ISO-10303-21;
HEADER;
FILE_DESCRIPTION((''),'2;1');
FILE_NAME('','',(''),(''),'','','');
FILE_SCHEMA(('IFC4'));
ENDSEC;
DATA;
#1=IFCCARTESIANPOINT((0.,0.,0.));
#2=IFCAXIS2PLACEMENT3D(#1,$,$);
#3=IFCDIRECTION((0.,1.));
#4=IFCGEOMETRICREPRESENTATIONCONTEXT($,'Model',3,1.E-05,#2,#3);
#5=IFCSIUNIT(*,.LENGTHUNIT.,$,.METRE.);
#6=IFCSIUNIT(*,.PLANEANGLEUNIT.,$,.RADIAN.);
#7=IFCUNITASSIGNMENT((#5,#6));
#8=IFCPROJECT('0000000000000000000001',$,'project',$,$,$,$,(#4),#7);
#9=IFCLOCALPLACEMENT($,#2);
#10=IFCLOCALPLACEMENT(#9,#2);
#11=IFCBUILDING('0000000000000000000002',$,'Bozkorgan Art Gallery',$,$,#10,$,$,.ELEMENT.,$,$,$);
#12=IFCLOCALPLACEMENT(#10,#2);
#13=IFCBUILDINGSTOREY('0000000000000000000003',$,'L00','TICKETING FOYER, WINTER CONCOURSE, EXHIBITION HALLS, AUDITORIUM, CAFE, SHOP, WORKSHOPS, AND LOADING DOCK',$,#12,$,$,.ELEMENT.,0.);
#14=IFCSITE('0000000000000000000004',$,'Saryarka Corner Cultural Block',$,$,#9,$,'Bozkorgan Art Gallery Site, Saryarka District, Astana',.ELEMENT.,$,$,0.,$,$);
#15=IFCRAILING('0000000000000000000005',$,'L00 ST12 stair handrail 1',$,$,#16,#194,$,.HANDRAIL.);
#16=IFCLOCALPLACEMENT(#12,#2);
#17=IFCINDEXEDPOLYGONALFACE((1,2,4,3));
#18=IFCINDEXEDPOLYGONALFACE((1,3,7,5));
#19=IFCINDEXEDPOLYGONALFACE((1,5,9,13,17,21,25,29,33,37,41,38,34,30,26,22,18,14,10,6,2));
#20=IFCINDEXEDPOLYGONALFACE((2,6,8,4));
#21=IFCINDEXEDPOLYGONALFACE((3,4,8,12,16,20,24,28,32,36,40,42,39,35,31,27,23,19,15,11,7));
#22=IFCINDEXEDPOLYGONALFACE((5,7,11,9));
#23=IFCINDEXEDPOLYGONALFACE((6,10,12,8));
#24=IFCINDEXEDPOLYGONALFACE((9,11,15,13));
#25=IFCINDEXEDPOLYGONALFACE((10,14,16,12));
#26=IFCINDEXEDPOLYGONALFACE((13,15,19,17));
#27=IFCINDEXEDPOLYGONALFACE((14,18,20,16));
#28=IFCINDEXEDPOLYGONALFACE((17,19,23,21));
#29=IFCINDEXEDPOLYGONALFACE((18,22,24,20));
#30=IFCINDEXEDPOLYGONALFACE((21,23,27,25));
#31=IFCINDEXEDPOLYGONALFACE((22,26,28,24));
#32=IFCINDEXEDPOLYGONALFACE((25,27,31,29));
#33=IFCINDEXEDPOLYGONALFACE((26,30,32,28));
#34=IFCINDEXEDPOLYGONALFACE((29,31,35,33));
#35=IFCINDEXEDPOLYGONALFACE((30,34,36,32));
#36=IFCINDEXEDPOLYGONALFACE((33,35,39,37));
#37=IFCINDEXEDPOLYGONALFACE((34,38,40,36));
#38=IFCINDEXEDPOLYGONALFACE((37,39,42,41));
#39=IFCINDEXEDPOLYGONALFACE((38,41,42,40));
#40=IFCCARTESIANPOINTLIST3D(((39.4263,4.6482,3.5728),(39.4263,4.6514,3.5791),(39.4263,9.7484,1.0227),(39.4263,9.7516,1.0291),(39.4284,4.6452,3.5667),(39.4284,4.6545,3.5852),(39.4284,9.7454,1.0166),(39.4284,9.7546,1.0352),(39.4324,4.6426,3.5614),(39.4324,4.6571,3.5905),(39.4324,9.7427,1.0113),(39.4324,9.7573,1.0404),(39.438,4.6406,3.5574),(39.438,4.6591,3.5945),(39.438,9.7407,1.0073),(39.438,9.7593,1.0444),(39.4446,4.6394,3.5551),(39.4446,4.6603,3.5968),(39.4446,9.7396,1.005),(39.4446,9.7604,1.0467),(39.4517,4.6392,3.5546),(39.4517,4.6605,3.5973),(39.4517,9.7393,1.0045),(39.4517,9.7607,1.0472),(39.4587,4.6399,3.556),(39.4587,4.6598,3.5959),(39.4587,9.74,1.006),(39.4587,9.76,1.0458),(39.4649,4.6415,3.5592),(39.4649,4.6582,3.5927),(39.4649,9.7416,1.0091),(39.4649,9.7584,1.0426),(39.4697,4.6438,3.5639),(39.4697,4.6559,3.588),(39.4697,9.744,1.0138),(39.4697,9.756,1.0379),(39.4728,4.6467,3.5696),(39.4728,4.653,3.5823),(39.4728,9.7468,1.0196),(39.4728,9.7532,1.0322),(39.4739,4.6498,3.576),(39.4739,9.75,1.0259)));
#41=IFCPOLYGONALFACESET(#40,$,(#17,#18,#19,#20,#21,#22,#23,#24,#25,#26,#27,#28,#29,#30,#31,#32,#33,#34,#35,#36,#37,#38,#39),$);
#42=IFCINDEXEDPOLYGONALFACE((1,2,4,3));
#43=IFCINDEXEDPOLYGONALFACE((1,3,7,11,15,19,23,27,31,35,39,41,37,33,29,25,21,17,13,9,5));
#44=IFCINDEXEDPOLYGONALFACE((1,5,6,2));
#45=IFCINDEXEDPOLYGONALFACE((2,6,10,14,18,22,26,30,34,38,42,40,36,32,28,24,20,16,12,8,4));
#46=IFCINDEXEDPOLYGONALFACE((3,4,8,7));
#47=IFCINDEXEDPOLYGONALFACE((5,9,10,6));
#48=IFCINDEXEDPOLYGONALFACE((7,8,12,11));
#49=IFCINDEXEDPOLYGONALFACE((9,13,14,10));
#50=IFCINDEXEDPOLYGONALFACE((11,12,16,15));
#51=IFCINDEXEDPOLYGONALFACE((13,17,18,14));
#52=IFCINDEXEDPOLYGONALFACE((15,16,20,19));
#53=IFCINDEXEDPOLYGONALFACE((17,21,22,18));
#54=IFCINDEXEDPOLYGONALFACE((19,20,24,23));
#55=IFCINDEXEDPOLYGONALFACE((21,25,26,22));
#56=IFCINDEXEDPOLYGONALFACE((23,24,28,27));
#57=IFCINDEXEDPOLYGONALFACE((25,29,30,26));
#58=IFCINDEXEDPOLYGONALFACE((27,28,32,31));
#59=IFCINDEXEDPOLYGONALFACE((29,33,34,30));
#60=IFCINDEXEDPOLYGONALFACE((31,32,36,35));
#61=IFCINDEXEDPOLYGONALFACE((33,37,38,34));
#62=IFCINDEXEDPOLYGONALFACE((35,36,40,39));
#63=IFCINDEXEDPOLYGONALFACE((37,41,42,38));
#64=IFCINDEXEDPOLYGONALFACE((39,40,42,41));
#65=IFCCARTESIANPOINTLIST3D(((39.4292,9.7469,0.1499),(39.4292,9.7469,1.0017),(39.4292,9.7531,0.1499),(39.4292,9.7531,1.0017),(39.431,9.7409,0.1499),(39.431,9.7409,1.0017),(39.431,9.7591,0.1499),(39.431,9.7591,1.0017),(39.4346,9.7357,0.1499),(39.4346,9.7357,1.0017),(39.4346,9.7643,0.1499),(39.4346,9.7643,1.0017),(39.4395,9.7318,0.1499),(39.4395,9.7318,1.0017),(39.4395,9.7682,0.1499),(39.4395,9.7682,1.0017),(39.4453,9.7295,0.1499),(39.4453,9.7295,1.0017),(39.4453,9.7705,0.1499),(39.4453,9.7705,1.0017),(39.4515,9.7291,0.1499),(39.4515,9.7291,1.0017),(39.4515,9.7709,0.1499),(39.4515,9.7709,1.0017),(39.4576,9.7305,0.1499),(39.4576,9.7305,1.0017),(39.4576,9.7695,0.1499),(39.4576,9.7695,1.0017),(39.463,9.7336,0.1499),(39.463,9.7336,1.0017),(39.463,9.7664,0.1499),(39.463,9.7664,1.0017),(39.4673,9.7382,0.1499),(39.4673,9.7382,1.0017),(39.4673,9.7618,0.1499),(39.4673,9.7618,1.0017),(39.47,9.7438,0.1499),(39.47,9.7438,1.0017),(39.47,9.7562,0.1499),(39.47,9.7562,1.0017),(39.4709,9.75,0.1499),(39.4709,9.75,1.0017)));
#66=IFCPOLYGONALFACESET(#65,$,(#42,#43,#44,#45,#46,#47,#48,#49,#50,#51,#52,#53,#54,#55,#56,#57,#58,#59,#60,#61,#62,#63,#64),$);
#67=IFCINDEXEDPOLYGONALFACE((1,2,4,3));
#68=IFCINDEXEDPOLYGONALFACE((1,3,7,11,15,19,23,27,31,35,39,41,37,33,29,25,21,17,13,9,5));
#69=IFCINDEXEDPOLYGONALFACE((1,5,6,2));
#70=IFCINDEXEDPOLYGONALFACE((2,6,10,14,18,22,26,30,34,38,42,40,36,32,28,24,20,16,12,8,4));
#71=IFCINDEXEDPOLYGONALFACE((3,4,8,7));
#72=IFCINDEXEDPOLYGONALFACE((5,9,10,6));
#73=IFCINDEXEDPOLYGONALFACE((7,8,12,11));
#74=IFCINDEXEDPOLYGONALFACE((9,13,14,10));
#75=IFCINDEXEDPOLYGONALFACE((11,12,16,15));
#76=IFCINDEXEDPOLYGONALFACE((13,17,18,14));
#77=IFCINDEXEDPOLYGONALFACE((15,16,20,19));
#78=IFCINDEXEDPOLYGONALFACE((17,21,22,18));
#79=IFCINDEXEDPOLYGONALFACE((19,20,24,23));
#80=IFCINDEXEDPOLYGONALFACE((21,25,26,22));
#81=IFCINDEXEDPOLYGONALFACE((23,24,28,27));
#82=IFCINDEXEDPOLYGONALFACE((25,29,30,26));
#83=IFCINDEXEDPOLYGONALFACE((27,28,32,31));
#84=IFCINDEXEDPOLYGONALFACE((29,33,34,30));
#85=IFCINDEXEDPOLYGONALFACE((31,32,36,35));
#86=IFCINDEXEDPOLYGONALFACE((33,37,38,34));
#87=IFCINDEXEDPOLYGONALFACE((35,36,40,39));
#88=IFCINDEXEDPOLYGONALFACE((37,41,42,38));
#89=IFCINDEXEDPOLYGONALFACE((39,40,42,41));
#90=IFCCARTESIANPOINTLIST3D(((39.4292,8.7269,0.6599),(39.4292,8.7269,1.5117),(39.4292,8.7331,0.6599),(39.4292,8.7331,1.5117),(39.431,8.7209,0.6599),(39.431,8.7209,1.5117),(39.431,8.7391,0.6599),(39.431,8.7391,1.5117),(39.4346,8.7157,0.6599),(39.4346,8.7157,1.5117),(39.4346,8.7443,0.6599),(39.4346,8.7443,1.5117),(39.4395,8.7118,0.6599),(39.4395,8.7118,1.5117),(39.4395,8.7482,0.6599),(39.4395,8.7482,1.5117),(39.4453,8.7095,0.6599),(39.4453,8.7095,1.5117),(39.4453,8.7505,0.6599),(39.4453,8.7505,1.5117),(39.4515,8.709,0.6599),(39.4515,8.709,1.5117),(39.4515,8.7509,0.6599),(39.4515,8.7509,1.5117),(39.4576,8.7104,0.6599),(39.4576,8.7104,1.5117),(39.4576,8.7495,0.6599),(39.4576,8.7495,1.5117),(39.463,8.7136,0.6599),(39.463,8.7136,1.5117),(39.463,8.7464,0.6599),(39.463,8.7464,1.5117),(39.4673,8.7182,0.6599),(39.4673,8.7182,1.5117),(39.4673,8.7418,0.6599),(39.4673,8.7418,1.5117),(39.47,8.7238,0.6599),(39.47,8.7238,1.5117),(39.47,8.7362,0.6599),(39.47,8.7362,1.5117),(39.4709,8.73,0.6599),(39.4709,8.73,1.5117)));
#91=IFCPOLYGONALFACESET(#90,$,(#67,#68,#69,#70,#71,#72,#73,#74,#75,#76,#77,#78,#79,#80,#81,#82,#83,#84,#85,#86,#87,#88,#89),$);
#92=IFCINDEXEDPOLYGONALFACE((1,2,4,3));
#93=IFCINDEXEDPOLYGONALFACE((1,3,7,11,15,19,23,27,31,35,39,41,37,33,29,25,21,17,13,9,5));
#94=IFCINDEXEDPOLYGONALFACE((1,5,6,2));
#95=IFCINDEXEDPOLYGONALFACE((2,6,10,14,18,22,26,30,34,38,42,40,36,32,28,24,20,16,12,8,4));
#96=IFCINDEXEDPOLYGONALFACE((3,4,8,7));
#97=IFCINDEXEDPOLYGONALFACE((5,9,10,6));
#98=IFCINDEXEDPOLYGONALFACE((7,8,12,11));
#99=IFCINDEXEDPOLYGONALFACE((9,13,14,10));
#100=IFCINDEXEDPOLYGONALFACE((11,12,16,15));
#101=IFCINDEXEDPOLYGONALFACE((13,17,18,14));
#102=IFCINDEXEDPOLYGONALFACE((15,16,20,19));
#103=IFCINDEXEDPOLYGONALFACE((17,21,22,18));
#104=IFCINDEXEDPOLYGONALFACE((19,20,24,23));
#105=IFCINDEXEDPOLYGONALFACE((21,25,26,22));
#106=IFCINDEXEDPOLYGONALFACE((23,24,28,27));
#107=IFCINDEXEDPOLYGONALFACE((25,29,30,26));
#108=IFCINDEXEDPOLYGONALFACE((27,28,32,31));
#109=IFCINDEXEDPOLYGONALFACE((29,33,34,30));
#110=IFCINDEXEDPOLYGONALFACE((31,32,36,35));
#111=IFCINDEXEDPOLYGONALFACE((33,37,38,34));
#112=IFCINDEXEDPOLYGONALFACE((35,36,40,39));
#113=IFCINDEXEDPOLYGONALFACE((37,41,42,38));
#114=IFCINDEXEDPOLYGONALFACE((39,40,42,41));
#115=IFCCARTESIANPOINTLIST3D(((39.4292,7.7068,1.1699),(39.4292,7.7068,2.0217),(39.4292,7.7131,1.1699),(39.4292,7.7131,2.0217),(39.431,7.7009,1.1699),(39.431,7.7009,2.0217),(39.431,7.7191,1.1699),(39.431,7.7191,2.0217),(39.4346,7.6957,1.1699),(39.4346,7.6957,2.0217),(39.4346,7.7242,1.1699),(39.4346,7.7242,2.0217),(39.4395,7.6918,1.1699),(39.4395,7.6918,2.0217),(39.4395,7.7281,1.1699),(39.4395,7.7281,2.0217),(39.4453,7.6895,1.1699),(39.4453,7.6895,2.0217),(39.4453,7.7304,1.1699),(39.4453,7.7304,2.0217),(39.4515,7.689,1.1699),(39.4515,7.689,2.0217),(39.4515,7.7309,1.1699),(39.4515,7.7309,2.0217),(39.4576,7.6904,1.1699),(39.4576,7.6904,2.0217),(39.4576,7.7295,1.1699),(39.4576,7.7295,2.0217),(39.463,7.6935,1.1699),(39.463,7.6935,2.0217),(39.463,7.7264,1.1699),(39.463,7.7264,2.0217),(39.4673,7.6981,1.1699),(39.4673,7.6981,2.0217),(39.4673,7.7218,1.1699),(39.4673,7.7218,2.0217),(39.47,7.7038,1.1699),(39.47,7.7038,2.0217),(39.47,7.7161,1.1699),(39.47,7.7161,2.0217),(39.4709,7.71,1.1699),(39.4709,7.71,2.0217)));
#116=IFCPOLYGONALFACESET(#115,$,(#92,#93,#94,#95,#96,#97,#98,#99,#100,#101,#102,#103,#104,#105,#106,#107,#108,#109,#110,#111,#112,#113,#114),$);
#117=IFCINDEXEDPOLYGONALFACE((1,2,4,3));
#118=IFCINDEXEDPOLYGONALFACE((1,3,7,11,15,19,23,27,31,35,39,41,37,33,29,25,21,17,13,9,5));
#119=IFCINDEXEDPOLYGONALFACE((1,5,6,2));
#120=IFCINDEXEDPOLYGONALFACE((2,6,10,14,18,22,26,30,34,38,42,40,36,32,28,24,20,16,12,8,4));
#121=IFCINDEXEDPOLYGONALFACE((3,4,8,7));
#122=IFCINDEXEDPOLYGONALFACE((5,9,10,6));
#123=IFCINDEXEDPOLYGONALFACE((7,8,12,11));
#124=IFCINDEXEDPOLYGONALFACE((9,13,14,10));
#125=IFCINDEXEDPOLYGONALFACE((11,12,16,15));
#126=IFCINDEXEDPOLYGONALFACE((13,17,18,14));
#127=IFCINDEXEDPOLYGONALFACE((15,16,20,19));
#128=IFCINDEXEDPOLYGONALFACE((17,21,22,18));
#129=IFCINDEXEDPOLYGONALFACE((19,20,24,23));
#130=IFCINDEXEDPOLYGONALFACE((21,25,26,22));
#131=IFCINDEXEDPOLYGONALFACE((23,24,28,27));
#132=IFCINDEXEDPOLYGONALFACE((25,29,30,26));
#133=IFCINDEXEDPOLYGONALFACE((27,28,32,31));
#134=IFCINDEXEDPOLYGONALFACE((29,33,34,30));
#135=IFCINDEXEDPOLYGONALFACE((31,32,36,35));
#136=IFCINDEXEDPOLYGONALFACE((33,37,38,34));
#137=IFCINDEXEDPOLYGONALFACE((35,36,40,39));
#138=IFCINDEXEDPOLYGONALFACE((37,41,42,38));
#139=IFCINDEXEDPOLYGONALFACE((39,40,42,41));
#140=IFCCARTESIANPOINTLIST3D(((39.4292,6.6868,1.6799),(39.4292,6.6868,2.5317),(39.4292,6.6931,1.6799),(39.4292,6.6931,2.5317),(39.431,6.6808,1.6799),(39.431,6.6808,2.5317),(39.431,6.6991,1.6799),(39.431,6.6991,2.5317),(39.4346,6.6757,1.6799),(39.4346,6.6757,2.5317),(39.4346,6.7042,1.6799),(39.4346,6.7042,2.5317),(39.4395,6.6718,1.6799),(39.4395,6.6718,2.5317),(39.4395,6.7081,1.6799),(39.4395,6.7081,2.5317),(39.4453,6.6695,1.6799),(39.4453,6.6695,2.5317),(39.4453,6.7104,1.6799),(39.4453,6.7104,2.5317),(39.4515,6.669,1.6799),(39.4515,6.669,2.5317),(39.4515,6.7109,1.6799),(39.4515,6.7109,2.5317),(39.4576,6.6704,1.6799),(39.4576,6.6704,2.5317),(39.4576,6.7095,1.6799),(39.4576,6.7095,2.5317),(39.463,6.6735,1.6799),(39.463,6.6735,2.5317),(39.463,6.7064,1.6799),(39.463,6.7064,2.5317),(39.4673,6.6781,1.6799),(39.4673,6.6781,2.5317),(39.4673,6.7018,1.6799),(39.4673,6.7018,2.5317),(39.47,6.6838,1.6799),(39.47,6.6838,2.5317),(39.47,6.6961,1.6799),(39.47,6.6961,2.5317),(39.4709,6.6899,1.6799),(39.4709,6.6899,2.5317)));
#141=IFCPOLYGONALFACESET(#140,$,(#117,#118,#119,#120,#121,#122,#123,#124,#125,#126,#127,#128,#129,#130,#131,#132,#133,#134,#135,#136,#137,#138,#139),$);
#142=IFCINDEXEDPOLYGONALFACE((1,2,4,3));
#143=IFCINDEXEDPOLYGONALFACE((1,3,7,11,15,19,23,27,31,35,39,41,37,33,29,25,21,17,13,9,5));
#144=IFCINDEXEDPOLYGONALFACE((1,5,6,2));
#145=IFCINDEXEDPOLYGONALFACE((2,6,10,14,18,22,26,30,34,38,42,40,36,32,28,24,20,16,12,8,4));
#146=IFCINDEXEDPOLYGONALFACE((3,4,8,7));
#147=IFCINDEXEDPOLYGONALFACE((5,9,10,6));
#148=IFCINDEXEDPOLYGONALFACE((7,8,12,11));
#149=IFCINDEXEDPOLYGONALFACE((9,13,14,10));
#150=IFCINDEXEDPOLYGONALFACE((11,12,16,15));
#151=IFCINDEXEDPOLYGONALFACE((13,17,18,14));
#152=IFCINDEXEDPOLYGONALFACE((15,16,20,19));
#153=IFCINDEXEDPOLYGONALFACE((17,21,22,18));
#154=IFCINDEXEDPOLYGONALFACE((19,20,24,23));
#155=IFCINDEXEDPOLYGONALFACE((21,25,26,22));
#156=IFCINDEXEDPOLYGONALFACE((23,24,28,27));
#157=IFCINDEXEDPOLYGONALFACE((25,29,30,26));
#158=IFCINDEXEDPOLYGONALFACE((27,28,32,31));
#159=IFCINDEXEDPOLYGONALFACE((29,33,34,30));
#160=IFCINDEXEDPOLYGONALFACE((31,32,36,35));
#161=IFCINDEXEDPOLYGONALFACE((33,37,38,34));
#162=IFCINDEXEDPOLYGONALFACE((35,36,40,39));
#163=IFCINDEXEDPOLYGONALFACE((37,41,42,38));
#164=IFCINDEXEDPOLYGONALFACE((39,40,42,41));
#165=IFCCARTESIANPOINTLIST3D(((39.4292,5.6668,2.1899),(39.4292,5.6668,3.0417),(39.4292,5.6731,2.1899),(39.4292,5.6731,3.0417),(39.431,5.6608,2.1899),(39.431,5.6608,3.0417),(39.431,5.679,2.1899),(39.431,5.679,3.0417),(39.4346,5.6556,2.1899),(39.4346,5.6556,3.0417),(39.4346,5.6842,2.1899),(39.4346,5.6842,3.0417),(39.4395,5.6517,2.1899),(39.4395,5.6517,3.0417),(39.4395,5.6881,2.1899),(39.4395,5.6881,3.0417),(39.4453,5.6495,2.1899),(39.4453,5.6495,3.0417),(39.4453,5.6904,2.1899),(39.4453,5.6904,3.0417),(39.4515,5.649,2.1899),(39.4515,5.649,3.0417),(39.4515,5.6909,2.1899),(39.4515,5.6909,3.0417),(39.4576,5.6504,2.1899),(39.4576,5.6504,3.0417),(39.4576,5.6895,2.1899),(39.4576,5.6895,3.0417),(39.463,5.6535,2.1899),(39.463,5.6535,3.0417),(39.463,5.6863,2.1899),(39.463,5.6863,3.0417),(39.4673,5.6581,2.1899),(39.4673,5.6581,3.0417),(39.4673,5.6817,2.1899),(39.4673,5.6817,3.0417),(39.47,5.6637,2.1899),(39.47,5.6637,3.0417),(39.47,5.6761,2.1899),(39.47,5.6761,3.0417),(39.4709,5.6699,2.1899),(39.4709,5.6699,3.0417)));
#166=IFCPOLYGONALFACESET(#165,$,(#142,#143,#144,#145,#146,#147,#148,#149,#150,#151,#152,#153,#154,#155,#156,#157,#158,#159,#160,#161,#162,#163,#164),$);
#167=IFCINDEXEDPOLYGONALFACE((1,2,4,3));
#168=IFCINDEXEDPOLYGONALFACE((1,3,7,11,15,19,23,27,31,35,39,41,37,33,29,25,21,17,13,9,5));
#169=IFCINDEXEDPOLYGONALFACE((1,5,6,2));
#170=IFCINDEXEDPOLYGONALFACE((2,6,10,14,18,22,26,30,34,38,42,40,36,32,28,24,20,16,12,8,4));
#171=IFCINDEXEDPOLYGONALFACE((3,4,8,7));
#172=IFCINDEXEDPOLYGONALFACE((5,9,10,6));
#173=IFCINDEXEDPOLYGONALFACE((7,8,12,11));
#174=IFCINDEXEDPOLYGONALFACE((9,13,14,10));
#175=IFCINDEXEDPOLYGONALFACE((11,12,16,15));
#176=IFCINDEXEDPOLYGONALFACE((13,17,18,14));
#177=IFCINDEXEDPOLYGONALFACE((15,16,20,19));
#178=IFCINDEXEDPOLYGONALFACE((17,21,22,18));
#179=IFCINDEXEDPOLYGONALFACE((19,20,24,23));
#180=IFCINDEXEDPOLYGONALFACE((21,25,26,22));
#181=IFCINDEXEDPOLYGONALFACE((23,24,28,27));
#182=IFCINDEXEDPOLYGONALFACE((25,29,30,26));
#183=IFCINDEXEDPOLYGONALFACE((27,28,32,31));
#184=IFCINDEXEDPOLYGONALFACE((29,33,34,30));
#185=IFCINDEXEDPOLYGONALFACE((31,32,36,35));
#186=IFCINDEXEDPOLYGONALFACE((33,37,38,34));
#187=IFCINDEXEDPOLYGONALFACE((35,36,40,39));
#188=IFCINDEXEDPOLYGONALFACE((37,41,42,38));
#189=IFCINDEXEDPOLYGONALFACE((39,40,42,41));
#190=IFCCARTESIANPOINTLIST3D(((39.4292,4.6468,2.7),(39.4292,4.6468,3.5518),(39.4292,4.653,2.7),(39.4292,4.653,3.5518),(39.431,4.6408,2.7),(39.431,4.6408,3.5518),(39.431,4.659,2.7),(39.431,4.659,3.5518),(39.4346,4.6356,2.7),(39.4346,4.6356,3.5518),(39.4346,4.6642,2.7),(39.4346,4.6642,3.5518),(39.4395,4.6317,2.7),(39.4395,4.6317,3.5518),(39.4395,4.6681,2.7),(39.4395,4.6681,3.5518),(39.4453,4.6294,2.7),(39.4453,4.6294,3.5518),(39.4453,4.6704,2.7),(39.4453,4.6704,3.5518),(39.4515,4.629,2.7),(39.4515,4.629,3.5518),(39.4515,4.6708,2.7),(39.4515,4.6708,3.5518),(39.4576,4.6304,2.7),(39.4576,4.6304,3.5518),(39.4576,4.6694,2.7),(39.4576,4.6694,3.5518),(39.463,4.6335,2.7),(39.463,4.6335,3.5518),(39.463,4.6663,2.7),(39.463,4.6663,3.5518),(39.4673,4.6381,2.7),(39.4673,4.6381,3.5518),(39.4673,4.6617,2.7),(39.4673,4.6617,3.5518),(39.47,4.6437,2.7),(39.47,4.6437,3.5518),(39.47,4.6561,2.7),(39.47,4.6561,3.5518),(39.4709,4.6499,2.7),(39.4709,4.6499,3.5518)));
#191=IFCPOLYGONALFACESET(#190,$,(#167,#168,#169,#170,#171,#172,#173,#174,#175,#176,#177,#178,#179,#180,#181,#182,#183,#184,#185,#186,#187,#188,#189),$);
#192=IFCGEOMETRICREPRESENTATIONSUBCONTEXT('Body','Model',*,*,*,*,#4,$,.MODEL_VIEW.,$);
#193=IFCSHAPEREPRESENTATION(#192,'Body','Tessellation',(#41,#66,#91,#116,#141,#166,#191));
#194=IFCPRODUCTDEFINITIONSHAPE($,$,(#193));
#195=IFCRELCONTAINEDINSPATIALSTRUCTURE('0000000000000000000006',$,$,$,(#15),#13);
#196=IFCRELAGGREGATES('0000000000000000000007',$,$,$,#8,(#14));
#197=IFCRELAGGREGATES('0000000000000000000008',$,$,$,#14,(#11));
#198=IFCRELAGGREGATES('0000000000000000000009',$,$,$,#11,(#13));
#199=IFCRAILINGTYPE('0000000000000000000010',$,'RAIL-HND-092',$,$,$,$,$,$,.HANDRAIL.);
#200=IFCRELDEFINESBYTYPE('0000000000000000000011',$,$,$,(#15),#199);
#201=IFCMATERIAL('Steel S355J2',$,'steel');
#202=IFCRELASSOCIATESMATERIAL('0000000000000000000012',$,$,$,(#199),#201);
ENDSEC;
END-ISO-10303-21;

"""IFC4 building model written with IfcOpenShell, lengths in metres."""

from ifc_helpers import new_model, si_unit, direction, frame, origin, origin_2d, place, context, subcontext, project, spatial, circle, extrude, material, type_object, element, save


model = new_model("IFC4")

# Units and contexts
model_context = context("Model", 3, precision=1e-05, world=origin(), true_north=direction((0.0, 1.0)))
body_context = subcontext(model_context, "Body", "Model", "MODEL_VIEW")
ifc_project = project(units=[si_unit("LENGTHUNIT", "METRE"), si_unit("PLANEANGLEUNIT", "RADIAN")], contexts=[model_context])

# Site, building, storey
site_placement = place(None, origin())
site = spatial("IfcSite", under=ifc_project, at=site_placement, Name="Saryarka Corner Cultural Block", LongName="Bozkorgan Art Gallery Site, Saryarka District, Astana", CompositionType="ELEMENT", RefElevation=0.0)
building_placement = place(site_placement, origin())
building = spatial("IfcBuilding", under=site, at=building_placement, Name="Bozkorgan Art Gallery", CompositionType="ELEMENT")
storey_placement = place(building_placement, origin())
storey = spatial("IfcBuildingStorey", under=building, at=storey_placement, Name="L00", Description="TICKETING FOYER, WINTER CONCOURSE, EXHIBITION HALLS, AUDITORIUM, CAFE, SHOP, WORKSHOPS, AND LOADING DOCK", CompositionType="ELEMENT", Elevation=0.0)

# Shared definitions
ifc_material_1 = material(Name="Steel S355J2", Category="steel")

# Railing
railing_type_1 = type_object("IfcRailingType", Name="RAIL-HND-092", PredefinedType="HANDRAIL", material=ifc_material_1)
railing_1_placement = place(storey_placement, frame((39.45, 9.75, 0.1499)))
element("IfcRailing", 1, at=railing_1_placement, inside=storey, type_object=railing_type_1, Name="L00 ST12 stair handrail 1", PredefinedType="HANDRAIL", context=body_context, shape_type="SweptSolid", body=[
    extrude(circle(Radius=0.0239, at=origin_2d()), frame((0.0, 0.0, 0.876), z_axis=(0.0, -0.894427, 0.447214), x_axis=(1.0, 0.0, 0.0)), (0.0, 0.0, 1.0), 5.7021),
    extrude(circle(Radius=0.021, at=origin_2d()), origin(), (0.0, 0.0, 1.0), 0.8518),
    extrude(circle(Radius=0.021, at=origin_2d()), frame((0.0, -1.02, 0.51)), (0.0, 0.0, 1.0), 0.8518),
    extrude(circle(Radius=0.021, at=origin_2d()), frame((0.0, -2.04, 1.02)), (0.0, 0.0, 1.0), 0.8518),
    extrude(circle(Radius=0.021, at=origin_2d()), frame((0.0, -3.0601, 1.53)), (0.0, 0.0, 1.0), 0.8518),
    extrude(circle(Radius=0.021, at=origin_2d()), frame((0.0, -4.0801, 2.04)), (0.0, 0.0, 1.0), 0.8518),
    extrude(circle(Radius=0.021, at=origin_2d()), frame((0.0, -5.1001, 2.55)), (0.0, 0.0, 1.0), 0.8518),
])

save(model, "model.ifc")
